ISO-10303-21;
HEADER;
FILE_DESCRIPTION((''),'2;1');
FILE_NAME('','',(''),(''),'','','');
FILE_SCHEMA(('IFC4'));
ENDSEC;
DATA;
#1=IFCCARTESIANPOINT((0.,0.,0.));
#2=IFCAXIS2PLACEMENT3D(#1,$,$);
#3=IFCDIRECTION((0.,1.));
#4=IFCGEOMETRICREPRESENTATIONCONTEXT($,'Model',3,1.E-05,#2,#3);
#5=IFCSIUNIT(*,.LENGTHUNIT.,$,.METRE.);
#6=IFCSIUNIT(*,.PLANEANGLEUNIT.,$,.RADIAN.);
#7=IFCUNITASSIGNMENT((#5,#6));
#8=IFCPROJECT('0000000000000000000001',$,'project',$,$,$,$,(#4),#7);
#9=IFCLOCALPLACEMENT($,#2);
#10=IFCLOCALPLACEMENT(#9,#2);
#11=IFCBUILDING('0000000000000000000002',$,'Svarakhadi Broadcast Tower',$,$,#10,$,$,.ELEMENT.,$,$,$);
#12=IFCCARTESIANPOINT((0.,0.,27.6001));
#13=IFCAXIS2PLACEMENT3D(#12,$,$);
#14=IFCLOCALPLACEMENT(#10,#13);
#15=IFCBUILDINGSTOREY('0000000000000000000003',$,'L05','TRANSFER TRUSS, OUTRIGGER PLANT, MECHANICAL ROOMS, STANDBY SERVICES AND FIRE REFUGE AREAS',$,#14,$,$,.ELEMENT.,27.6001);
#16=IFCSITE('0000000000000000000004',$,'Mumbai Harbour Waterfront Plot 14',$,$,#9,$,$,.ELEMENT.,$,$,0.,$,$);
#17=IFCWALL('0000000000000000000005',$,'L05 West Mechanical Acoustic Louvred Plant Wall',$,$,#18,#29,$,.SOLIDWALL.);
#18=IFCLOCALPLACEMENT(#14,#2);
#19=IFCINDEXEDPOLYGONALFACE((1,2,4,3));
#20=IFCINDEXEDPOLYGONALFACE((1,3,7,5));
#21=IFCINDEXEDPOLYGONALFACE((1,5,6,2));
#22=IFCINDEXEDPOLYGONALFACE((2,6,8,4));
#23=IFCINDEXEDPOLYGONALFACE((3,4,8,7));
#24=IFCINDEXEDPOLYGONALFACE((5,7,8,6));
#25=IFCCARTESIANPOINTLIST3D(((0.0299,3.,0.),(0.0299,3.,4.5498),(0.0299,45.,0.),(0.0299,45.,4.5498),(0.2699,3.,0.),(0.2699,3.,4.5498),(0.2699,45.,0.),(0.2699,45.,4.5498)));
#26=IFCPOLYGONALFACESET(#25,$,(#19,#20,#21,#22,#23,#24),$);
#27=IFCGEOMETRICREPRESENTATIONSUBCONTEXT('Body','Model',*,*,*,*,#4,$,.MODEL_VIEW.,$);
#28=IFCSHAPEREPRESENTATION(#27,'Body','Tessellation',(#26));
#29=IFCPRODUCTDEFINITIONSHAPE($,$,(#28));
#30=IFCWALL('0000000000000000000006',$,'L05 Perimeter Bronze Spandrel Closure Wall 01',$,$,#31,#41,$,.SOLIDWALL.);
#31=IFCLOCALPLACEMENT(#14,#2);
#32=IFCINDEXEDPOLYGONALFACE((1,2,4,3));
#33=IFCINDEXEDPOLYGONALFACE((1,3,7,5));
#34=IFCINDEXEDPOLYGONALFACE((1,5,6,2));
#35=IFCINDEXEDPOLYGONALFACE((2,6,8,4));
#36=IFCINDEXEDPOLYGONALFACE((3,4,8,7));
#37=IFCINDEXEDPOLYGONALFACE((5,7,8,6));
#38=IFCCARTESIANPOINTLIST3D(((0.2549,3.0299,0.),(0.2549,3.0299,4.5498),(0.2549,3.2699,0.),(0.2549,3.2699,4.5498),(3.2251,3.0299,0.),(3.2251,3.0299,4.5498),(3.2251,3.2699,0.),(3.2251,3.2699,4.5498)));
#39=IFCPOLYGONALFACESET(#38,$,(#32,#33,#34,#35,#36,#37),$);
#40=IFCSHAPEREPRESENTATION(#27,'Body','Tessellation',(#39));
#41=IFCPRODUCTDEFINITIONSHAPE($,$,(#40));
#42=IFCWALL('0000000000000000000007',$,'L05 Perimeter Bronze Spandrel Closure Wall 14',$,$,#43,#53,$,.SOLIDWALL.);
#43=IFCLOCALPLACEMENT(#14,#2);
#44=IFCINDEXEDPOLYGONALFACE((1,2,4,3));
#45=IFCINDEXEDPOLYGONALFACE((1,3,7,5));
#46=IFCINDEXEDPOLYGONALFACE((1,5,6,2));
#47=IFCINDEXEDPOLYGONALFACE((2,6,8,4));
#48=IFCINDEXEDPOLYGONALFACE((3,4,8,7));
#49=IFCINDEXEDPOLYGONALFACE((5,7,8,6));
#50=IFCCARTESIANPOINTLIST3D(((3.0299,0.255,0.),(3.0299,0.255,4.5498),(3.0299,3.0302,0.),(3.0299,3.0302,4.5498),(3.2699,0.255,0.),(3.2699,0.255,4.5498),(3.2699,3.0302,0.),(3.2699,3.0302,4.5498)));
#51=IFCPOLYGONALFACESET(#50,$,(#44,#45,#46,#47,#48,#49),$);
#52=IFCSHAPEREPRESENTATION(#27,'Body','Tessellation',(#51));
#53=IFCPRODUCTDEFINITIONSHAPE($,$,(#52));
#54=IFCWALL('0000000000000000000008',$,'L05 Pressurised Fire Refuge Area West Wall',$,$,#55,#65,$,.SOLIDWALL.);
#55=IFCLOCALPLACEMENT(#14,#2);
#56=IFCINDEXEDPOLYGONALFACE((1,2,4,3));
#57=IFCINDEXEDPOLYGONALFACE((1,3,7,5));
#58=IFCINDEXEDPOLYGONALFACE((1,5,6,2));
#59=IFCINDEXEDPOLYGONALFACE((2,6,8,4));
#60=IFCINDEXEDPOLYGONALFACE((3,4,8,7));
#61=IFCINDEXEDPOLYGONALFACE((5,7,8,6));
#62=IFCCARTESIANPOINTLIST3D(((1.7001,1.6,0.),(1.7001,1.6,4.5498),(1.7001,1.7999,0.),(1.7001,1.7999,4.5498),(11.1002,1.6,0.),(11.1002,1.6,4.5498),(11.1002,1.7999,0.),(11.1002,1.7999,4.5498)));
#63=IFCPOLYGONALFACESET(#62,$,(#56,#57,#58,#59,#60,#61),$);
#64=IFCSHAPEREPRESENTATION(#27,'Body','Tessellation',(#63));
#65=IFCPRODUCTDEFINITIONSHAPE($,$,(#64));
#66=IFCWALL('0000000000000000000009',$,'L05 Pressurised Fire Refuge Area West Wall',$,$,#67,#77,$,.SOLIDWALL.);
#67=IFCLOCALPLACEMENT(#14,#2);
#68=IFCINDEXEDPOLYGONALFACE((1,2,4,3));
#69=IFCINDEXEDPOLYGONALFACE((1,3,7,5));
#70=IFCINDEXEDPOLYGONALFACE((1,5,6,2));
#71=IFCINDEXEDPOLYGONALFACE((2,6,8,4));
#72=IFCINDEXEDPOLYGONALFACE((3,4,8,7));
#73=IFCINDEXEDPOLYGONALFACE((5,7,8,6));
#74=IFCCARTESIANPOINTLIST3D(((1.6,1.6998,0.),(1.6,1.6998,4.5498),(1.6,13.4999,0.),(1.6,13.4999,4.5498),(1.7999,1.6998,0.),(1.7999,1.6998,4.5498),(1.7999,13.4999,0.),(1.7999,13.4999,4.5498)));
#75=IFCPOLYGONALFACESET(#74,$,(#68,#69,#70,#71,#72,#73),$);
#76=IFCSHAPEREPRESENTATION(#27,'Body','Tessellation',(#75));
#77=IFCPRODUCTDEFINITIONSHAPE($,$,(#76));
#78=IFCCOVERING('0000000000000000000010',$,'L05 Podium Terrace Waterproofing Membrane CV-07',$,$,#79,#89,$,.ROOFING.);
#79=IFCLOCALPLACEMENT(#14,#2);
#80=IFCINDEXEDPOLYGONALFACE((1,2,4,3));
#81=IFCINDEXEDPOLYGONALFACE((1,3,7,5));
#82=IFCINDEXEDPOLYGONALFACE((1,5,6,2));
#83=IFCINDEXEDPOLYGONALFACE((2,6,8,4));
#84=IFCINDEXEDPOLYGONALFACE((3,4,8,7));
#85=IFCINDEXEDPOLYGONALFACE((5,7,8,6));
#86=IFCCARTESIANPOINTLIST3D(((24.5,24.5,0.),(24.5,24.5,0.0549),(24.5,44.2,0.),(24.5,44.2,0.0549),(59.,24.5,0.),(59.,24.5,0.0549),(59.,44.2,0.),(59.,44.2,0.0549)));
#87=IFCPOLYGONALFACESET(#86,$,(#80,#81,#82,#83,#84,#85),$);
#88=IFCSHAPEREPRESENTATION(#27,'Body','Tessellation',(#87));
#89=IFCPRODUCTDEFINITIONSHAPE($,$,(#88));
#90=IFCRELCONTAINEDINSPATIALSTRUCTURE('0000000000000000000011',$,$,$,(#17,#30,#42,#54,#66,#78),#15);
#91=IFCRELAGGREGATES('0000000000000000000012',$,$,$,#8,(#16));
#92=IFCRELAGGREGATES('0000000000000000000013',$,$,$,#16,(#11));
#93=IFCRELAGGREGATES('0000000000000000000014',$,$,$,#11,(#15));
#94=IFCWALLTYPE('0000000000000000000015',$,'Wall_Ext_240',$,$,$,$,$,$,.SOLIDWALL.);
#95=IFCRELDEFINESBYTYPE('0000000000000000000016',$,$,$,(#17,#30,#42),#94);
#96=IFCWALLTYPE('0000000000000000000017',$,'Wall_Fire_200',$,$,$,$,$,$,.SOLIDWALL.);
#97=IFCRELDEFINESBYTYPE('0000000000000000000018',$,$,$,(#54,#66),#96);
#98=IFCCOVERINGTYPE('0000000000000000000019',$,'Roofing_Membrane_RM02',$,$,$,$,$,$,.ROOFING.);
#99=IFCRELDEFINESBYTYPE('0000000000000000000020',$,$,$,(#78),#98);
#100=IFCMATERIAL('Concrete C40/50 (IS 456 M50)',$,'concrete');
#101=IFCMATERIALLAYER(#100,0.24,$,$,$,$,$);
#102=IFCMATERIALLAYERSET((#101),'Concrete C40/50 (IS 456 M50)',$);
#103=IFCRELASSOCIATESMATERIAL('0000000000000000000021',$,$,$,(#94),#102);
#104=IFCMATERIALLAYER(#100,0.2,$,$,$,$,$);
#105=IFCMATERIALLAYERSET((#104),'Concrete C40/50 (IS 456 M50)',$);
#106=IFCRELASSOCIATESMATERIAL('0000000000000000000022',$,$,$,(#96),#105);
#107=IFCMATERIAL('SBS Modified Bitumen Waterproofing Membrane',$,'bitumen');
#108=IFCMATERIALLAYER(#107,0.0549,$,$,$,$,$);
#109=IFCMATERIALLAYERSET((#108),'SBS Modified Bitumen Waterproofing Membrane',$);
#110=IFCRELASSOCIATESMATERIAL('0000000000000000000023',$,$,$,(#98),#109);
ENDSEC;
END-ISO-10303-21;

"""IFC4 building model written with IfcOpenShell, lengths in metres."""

from ifc_helpers import new_model, si_unit, direction, frame, frame_2d, origin, place, context, subcontext, project, spatial, polyline, rectangle, outline, extrude, material, layer, layer_set, type_object, element, save


model = new_model("IFC4")

# Units and contexts
model_context = context("Model", 3, precision=1e-05, world=origin(), true_north=direction((0.0, 1.0)))
body_context = subcontext(model_context, "Body", "Model", "MODEL_VIEW")
ifc_project = project(units=[si_unit("LENGTHUNIT", "METRE"), si_unit("PLANEANGLEUNIT", "RADIAN")], contexts=[model_context])

# Site, building, storey
site_placement = place(None, origin())
site = spatial("IfcSite", under=ifc_project, at=site_placement, Name="Mumbai Harbour Waterfront Plot 14", CompositionType="ELEMENT", RefElevation=0.0)
building_placement = place(site_placement, origin())
building = spatial("IfcBuilding", under=site, at=building_placement, Name="Svarakhadi Broadcast Tower", CompositionType="ELEMENT")
storey_placement = place(building_placement, frame((0.0, 0.0, 27.6001)))
storey = spatial("IfcBuildingStorey", under=building, at=storey_placement, Name="L05", Description="TRANSFER TRUSS, OUTRIGGER PLANT, MECHANICAL ROOMS, STANDBY SERVICES AND FIRE REFUGE AREAS", CompositionType="ELEMENT", Elevation=27.6001)

# Shared definitions
ifc_material_1 = material(Name="Concrete C40/50 (IS 456 M50)", Category="concrete")

# Walls
ifc_layer_1 = layer(ifc_material_1, 0.24)
ifc_layer_set_1 = layer_set([ifc_layer_1], Name="Concrete C40/50 (IS 456 M50)")
wall_type_1 = type_object("IfcWallType", Name="Wall_Ext_240", PredefinedType="SOLIDWALL", material=ifc_layer_set_1)
wall_1_placement = place(storey_placement, frame((0.1499, 3.0, 0.0), z_axis=(0.0, 0.0, 1.0), x_axis=(0.0, 1.0, 0.0)))
element("IfcWall", 1, at=wall_1_placement, inside=storey, type_object=wall_type_1, Name="L05 West Mechanical Acoustic Louvred Plant Wall", PredefinedType="SOLIDWALL", context=body_context, shape_type="SweptSolid", body=[
    extrude(rectangle(XDim=42.0, YDim=0.24, at=frame_2d((21.0, 0.0))), origin(), (0.0, 0.0, 1.0), 4.5498),
])
wall_2_placement = place(storey_placement, frame((3.2251, 3.1499, 0.0), z_axis=(0.0, 0.0, 1.0), x_axis=(-1.0, 0.0, 0.0)))
element("IfcWall", 2, at=wall_2_placement, inside=storey, type_object=wall_type_1, Name="L05 Perimeter Bronze Spandrel Closure Wall 01", PredefinedType="SOLIDWALL", context=body_context, shape_type="SweptSolid", body=[
    extrude(rectangle(XDim=2.9702, YDim=0.24, at=frame_2d((1.4851, 0.0))), origin(), (0.0, 0.0, 1.0), 4.5498),
])
wall_3_placement = place(storey_placement, frame((3.1499, 0.2549, 0.0), z_axis=(0.0, 0.0, 1.0), x_axis=(0.0, 1.0, 0.0)))
element("IfcWall", 3, at=wall_3_placement, inside=storey, type_object=wall_type_1, Name="L05 Perimeter Bronze Spandrel Closure Wall 14", PredefinedType="SOLIDWALL", context=body_context, shape_type="SweptSolid", body=[
    extrude(rectangle(XDim=2.7751, YDim=0.24, at=frame_2d((1.3877, 0.0))), origin(), (0.0, 0.0, 1.0), 4.5498),
])
ifc_layer_2 = layer(ifc_material_1, 0.2)
ifc_layer_set_2 = layer_set([ifc_layer_2], Name="Concrete C40/50 (IS 456 M50)")
wall_type_2 = type_object("IfcWallType", Name="Wall_Fire_200", PredefinedType="SOLIDWALL", material=ifc_layer_set_2)
wall_4_placement = place(storey_placement, frame((1.7, 1.7, 0.0), z_axis=(0.0, 0.0, 1.0), x_axis=(1.0, 0.0, 0.0)))
element("IfcWall", 4, at=wall_4_placement, inside=storey, type_object=wall_type_2, Name="L05 Pressurised Fire Refuge Area West Wall", PredefinedType="SOLIDWALL", context=body_context, shape_type="SweptSolid", body=[
    extrude(rectangle(XDim=9.4001, YDim=0.2, at=frame_2d((4.7002, 0.0))), origin(), (0.0, 0.0, 1.0), 4.5498),
])
wall_5_placement = place(storey_placement, frame((1.7, 1.7, 0.0), z_axis=(0.0, 0.0, 1.0), x_axis=(0.0, 1.0, 0.0)))
element("IfcWall", 5, at=wall_5_placement, inside=storey, type_object=wall_type_2, Name="L05 Pressurised Fire Refuge Area West Wall", PredefinedType="SOLIDWALL", context=body_context, shape_type="SweptSolid", body=[
    extrude(rectangle(XDim=11.8, YDim=0.2, at=frame_2d((5.8999, 0.0))), origin(), (0.0, 0.0, 1.0), 4.5498),
])

# Covering
ifc_material_2 = material(Name="SBS Modified Bitumen Waterproofing Membrane", Category="bitumen")
ifc_layer_3 = layer(ifc_material_2, 0.0549)
ifc_layer_set_3 = layer_set([ifc_layer_3], Name="SBS Modified Bitumen Waterproofing Membrane")
covering_type = type_object("IfcCoveringType", Name="Roofing_Membrane_RM02", PredefinedType="ROOFING", material=ifc_layer_set_3)
covering_placement = place(storey_placement, origin())
element("IfcCovering", 6, at=covering_placement, inside=storey, type_object=covering_type, Name="L05 Podium Terrace Waterproofing Membrane CV-07", PredefinedType="ROOFING", context=body_context, shape_type="SweptSolid", body=[
    extrude(outline(polyline([(24.5, 24.5), (59.0, 24.5), (59.0, 44.2), (24.5, 44.2), (24.5, 24.5)])), origin(), (0.0, 0.0, 1.0), 0.0549),
])

save(model, "model.ifc")
